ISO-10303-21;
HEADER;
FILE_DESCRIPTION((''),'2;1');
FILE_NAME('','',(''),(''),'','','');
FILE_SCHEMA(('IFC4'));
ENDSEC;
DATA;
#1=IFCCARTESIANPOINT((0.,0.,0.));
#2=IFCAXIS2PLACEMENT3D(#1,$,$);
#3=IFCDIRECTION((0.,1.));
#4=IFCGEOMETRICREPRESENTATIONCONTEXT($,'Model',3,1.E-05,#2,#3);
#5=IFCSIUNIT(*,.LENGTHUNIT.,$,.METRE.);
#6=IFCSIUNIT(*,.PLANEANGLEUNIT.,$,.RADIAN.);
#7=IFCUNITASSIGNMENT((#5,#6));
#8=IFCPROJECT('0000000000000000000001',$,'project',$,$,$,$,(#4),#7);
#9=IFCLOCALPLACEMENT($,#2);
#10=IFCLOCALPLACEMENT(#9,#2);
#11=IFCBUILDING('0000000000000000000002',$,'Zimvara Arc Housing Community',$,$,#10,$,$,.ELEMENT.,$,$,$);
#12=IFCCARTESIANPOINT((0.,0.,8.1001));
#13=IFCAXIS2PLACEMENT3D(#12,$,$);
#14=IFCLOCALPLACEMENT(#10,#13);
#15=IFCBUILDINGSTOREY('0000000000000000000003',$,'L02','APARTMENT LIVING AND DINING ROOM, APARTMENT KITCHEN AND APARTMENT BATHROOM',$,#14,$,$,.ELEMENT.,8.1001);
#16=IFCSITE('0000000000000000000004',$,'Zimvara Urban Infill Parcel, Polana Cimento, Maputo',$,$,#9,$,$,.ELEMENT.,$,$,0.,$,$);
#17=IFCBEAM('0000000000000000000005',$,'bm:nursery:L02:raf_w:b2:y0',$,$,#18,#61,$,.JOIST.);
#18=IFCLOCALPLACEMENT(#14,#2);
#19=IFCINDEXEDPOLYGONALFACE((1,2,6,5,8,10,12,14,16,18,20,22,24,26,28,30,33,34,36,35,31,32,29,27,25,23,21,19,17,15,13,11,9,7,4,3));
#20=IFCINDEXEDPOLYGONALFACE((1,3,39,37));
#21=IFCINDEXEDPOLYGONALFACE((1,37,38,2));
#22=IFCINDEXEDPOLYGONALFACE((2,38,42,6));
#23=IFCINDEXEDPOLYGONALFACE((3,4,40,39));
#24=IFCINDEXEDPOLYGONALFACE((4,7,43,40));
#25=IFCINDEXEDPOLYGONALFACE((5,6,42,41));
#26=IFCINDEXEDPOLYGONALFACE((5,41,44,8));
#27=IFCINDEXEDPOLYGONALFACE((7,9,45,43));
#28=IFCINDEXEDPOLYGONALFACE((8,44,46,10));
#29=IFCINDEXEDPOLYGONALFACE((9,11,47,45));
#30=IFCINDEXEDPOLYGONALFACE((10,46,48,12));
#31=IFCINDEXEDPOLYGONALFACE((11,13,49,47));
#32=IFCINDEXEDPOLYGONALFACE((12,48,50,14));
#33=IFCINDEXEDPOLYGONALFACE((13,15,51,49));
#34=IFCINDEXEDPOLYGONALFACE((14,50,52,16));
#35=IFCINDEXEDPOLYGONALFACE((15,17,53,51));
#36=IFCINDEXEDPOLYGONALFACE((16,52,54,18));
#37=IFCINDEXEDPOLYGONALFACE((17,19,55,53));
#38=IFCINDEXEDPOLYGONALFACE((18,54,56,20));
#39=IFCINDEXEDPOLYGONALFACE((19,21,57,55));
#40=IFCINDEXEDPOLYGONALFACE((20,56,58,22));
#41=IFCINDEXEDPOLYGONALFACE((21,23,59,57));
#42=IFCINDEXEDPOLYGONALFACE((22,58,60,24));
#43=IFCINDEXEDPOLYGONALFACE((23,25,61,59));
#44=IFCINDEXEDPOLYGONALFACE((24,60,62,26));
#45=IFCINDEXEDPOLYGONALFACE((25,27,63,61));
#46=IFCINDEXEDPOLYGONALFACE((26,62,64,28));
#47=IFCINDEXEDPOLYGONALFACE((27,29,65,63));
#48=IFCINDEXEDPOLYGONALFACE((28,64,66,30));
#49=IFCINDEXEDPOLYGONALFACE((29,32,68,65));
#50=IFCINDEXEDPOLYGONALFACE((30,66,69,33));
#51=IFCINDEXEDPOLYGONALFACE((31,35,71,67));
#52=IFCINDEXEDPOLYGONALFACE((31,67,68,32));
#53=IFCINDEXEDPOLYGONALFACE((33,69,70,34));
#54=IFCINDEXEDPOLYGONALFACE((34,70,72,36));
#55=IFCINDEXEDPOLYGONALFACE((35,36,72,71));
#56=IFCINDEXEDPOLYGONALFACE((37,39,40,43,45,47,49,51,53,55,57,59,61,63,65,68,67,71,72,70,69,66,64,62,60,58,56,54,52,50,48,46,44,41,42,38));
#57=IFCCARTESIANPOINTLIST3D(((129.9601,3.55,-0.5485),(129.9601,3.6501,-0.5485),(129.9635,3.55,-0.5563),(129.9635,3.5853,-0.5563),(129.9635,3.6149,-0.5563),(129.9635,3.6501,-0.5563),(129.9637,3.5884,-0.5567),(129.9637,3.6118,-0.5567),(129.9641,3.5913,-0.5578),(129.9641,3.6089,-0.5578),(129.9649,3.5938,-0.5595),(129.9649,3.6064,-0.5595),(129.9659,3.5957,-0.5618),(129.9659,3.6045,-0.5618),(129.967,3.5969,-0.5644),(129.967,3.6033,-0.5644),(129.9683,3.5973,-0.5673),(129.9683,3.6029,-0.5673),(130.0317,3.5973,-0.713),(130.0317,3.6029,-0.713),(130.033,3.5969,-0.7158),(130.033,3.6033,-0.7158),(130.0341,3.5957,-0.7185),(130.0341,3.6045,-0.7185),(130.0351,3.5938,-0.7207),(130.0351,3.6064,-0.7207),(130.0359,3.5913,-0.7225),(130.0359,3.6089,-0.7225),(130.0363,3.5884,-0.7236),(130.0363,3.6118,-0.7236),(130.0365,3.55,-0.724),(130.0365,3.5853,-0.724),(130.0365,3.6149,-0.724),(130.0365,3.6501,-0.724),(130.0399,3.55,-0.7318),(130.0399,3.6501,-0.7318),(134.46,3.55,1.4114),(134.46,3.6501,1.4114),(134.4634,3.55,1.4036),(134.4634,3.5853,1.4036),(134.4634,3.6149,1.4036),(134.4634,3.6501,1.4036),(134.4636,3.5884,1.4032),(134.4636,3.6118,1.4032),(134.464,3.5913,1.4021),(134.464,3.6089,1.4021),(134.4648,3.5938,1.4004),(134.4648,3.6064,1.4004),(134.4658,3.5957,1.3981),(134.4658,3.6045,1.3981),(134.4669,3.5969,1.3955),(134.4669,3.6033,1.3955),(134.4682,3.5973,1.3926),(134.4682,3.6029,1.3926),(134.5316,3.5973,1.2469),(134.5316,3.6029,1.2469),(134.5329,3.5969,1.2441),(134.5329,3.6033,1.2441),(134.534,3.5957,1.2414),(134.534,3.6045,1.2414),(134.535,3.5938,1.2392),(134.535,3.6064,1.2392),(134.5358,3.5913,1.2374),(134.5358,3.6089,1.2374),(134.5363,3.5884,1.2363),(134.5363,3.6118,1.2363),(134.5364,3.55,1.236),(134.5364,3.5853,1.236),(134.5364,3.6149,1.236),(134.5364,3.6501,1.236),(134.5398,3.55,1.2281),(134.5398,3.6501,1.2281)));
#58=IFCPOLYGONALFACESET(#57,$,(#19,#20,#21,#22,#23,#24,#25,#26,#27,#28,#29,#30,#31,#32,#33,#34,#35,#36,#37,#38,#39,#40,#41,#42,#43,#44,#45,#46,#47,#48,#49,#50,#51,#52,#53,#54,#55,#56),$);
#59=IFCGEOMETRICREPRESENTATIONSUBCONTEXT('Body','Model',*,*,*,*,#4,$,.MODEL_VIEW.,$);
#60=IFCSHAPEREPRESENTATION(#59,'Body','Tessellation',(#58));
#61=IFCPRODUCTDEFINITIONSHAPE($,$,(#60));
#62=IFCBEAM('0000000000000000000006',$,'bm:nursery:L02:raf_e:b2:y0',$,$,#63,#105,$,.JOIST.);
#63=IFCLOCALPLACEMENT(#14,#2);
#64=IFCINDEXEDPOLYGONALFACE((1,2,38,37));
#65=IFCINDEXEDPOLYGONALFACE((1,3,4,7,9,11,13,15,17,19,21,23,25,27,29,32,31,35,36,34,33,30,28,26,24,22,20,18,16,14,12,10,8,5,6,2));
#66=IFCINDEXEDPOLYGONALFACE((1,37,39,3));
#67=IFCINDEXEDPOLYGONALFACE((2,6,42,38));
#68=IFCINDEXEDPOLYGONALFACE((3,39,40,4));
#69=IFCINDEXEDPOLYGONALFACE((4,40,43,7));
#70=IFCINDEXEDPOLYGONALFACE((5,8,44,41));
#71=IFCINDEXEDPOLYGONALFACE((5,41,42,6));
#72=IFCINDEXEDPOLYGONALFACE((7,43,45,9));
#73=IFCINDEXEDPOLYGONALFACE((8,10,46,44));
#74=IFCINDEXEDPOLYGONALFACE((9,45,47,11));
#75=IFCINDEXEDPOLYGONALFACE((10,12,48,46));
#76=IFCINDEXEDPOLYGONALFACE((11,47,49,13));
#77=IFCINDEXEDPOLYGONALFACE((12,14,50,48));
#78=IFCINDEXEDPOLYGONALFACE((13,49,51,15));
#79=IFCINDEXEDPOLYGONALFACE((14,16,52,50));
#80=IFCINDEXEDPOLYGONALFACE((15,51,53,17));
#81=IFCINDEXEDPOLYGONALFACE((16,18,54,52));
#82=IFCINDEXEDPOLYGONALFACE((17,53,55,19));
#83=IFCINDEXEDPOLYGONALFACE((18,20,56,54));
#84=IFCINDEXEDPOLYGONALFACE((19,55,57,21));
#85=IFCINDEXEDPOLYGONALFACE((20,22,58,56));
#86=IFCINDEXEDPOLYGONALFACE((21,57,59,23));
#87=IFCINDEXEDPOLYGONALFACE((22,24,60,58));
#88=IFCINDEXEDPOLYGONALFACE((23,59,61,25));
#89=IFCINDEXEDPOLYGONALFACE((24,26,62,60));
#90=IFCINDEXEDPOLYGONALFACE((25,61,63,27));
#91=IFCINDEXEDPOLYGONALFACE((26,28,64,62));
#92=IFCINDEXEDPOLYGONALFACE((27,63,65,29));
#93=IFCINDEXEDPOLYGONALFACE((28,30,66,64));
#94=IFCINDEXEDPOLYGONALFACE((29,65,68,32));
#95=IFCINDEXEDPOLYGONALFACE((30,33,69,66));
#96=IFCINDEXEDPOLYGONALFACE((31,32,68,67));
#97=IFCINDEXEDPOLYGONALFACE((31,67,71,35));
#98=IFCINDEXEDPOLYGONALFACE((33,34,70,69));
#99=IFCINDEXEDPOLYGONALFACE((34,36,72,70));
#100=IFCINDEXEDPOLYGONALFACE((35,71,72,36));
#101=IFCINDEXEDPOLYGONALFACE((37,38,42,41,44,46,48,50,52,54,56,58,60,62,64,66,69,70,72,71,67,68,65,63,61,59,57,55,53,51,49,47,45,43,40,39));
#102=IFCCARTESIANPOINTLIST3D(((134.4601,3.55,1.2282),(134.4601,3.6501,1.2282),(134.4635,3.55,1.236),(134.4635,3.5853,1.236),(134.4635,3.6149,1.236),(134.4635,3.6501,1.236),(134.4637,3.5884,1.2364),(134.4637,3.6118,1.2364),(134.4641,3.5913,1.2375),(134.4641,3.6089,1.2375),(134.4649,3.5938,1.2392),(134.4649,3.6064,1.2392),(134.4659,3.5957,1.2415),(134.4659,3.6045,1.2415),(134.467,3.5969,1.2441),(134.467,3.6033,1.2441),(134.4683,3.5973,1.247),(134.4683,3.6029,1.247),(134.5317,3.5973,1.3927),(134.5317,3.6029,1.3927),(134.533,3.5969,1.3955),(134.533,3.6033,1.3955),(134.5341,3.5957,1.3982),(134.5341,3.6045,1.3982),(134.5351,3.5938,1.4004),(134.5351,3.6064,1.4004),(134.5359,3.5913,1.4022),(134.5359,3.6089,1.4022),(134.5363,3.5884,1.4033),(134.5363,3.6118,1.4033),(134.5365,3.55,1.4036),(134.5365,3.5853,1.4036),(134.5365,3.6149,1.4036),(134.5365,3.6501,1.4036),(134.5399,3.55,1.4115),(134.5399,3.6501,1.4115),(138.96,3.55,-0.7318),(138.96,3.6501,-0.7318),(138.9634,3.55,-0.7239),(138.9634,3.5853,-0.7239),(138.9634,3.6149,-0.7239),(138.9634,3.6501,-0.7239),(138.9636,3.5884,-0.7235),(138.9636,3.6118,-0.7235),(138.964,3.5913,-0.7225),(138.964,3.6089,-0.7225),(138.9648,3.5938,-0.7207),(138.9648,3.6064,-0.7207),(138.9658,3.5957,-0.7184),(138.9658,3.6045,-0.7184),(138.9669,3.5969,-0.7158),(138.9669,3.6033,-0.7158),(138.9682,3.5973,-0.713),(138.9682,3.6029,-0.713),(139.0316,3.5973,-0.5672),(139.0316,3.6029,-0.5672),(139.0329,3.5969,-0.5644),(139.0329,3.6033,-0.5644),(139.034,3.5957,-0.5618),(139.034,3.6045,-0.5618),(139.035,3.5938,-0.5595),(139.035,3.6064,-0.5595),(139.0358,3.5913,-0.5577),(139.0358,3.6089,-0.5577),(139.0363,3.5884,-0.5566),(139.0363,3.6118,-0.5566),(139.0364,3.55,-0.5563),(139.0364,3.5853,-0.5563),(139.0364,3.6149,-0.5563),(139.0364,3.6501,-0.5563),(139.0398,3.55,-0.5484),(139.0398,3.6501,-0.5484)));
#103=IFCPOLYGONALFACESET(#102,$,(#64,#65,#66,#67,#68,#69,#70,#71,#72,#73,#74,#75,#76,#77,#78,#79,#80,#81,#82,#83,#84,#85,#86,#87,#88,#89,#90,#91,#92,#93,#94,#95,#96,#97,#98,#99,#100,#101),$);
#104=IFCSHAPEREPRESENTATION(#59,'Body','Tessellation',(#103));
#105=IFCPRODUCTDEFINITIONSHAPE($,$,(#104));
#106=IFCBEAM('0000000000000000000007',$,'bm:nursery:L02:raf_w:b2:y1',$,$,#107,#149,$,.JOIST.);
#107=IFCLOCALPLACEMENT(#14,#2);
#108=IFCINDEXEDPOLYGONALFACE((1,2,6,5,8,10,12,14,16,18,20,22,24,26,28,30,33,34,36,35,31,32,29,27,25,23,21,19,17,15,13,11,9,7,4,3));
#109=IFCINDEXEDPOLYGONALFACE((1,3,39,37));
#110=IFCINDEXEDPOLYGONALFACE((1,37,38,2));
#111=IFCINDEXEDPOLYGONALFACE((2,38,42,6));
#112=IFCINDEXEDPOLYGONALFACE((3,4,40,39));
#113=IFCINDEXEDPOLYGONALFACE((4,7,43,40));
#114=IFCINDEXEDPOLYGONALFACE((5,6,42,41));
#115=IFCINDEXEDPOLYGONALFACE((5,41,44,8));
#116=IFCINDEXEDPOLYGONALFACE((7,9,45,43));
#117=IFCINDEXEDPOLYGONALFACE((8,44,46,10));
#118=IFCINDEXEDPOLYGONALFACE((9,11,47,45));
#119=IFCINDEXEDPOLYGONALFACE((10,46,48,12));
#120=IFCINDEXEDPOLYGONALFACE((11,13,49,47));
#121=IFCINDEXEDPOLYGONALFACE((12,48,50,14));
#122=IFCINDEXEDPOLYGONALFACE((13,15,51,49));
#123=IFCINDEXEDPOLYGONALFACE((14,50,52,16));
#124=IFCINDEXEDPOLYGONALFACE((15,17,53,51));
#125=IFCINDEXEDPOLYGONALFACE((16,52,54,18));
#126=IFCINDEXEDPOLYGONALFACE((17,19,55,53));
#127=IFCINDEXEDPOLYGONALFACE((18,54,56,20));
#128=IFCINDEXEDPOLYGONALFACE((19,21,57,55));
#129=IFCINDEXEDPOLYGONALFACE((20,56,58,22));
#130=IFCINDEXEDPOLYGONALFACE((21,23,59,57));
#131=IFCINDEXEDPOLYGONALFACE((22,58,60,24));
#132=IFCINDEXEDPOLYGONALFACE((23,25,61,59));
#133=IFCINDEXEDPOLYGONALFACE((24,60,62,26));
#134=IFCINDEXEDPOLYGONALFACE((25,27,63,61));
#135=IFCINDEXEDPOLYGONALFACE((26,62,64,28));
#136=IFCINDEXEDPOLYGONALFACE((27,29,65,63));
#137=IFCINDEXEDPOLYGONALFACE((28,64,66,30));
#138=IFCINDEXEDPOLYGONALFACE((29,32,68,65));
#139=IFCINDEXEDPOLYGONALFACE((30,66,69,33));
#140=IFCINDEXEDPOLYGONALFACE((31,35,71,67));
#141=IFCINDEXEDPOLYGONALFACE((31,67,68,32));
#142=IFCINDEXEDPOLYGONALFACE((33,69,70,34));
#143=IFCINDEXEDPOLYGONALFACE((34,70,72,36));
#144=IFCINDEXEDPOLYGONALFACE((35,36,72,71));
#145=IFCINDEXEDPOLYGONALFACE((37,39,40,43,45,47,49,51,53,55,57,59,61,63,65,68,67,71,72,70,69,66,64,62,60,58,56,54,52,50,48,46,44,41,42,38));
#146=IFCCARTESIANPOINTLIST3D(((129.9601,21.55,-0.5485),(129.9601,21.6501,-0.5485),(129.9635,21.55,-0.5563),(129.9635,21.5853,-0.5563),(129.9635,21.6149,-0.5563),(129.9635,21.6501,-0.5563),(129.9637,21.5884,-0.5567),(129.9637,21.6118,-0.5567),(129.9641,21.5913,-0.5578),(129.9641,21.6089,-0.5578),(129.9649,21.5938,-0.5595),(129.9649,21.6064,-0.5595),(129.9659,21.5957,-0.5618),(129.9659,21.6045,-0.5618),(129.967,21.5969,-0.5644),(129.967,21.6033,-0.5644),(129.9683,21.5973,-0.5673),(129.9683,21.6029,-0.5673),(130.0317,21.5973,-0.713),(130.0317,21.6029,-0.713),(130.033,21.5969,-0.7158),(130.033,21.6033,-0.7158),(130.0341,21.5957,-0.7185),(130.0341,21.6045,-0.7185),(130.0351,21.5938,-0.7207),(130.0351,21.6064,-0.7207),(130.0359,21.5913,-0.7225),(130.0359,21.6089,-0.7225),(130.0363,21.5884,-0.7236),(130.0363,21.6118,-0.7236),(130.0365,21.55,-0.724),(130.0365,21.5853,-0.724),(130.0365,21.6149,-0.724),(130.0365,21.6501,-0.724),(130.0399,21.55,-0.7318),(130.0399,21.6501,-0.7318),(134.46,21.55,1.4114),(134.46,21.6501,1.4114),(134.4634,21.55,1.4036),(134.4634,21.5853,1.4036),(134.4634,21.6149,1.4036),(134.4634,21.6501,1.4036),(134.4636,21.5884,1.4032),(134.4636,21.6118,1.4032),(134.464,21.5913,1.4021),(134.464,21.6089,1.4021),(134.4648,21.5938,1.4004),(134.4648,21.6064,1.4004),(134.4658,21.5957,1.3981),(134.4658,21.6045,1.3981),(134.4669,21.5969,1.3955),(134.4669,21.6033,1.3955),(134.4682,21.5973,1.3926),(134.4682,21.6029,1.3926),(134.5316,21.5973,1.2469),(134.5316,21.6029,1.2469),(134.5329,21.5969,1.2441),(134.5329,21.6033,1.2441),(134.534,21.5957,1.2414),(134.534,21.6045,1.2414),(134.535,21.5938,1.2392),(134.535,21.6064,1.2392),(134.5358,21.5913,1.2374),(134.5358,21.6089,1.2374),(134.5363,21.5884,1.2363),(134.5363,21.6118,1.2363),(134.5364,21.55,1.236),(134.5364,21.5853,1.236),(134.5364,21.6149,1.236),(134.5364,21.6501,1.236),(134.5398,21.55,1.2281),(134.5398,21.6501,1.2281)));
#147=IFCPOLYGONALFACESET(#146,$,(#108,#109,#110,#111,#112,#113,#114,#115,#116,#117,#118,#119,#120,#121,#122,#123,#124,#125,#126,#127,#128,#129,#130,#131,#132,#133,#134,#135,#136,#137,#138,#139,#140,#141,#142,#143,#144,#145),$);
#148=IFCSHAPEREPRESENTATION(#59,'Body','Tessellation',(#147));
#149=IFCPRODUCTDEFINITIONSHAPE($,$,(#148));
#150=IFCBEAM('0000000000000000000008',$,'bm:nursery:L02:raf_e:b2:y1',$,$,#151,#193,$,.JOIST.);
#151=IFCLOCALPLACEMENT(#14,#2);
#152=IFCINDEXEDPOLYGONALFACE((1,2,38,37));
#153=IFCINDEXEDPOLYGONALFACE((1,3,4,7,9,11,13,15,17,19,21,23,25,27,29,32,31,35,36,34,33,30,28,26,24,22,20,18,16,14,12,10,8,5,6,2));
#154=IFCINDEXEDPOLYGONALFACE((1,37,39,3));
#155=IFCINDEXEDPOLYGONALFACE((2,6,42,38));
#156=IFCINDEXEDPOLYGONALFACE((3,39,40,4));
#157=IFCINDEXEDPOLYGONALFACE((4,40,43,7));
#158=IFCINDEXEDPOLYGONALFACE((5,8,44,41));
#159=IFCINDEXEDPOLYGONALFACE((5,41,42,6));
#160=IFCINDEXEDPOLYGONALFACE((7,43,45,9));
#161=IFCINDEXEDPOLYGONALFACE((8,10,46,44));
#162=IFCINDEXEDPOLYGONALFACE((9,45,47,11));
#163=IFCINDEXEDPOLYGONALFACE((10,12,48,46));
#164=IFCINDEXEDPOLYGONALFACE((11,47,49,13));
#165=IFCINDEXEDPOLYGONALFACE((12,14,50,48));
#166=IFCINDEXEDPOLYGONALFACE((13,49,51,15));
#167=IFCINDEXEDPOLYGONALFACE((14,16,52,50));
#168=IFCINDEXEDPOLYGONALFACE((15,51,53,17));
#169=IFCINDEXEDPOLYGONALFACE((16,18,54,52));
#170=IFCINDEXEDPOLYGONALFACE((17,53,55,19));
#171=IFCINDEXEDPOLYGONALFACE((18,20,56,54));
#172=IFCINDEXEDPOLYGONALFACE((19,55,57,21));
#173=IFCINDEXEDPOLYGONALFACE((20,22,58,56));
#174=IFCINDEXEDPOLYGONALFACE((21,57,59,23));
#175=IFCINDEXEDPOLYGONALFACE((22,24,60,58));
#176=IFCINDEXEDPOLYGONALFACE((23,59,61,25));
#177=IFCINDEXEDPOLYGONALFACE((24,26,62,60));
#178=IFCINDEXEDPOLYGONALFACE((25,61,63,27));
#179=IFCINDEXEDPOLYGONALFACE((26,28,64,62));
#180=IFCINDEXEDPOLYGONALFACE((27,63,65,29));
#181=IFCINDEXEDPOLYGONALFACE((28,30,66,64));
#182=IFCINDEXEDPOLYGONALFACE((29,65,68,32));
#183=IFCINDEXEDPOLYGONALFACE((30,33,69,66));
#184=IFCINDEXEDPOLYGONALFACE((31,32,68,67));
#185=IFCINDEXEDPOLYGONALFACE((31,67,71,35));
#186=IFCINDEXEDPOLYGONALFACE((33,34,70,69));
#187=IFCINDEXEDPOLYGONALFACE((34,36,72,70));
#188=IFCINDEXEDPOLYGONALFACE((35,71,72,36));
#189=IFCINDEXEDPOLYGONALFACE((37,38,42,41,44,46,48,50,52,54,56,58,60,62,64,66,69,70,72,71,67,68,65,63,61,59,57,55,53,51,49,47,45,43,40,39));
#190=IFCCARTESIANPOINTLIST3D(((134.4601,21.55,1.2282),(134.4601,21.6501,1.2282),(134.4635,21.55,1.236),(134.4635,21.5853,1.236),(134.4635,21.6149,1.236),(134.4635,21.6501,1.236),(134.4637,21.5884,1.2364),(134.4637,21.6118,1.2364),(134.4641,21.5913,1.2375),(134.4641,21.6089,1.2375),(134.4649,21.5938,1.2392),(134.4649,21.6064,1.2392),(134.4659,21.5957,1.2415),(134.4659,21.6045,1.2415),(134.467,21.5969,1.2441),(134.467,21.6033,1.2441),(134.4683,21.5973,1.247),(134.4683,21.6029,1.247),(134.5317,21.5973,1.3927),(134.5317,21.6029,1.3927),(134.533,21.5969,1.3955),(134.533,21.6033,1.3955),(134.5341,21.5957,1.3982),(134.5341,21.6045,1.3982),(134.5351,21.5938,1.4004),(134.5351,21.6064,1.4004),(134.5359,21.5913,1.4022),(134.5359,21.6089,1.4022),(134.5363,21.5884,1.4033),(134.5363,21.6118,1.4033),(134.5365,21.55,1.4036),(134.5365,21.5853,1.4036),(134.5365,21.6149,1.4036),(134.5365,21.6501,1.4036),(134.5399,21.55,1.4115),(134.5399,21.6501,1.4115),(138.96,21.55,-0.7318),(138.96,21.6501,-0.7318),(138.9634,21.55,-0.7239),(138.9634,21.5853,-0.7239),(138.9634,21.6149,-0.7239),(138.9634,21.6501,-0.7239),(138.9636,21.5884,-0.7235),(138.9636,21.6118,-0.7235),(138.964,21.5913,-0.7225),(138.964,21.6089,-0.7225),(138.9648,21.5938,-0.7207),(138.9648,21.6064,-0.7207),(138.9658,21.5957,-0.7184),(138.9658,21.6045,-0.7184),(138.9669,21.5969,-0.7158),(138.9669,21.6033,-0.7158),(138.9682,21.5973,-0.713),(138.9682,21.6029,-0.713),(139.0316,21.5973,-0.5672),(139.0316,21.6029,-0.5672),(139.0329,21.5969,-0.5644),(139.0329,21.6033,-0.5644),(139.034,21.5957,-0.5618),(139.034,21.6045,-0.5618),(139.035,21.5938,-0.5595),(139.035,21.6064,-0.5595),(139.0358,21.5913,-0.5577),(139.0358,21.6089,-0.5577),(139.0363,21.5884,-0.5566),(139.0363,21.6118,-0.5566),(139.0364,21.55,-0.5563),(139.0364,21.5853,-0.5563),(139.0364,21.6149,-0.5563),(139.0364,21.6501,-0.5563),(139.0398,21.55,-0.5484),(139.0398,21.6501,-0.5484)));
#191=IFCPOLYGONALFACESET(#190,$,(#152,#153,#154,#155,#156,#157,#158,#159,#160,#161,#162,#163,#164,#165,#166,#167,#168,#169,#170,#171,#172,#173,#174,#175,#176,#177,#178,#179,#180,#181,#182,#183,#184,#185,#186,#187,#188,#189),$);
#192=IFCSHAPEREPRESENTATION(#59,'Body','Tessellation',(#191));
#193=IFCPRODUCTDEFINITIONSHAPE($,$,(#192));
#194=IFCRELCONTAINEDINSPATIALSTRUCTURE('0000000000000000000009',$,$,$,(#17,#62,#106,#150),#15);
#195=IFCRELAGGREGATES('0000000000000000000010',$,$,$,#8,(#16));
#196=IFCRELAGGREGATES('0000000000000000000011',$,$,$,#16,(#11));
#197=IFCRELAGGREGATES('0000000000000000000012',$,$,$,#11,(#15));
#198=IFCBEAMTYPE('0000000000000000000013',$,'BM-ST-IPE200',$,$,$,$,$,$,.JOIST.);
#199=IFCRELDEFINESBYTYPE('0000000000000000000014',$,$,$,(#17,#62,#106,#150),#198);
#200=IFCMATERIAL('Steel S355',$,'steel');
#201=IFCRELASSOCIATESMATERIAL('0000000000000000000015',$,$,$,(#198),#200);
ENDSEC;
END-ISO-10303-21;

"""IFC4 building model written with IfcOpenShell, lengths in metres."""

from ifc_helpers import new_model, si_unit, direction, frame, origin, origin_2d, place, context, subcontext, project, spatial, i_section, extrude, material, material_profile, profile_set, type_object, element, save


model = new_model("IFC4")

# Units and contexts
model_context = context("Model", 3, precision=1e-05, world=origin(), true_north=direction((0.0, 1.0)))
body_context = subcontext(model_context, "Body", "Model", "MODEL_VIEW")
ifc_project = project(units=[si_unit("LENGTHUNIT", "METRE"), si_unit("PLANEANGLEUNIT", "RADIAN")], contexts=[model_context])

# Site, building, storey
site_placement = place(None, origin())
site = spatial("IfcSite", under=ifc_project, at=site_placement, Name="Zimvara Urban Infill Parcel, Polana Cimento, Maputo", CompositionType="ELEMENT", RefElevation=0.0)
building_placement = place(site_placement, origin())
building = spatial("IfcBuilding", under=site, at=building_placement, Name="Zimvara Arc Housing Community", CompositionType="ELEMENT")
storey_placement = place(building_placement, frame((0.0, 0.0, 8.1001)))
storey = spatial("IfcBuildingStorey", under=building, at=storey_placement, Name="L02", Description="APARTMENT LIVING AND DINING ROOM, APARTMENT KITCHEN AND APARTMENT BATHROOM", CompositionType="ELEMENT", Elevation=8.1001)

# Beams
ifc_material_1 = material(Name="Steel S355", Category="steel")
ifc_material_profile_1 = material_profile(ifc_material_1, i_section(OverallWidth=0.1001, OverallDepth=0.2, WebThickness=0.0056, FlangeThickness=0.0085, FilletRadius=0.012, at=origin_2d()), Name="IPE 200")
ifc_profile_set_1 = profile_set([ifc_material_profile_1], Name="Steel S355")
beam_type_1 = type_object("IfcBeamType", Name="BM-ST-IPE200", PredefinedType="JOIST", material=ifc_profile_set_1)
for number, where, z_axis, x_axis, name in (
    (1, (130.0, 3.6001, -0.6401), (0.916814, 0.0, 0.399315), (0.0, 1.0, 0.0), "bm:nursery:L02:raf_w:b2:y0"),
    (2, (134.5, 3.6001, 1.3198), (0.916814, 0.0, -0.399315), (0.0, 1.0, 0.0), "bm:nursery:L02:raf_e:b2:y0"),
    (3, (130.0, 21.6001, -0.6401), (0.916814, 0.0, 0.399315), (0.0, 1.0, 0.0), "bm:nursery:L02:raf_w:b2:y1"),
    (4, (134.5, 21.6001, 1.3198), (0.916814, 0.0, -0.399315), (0.0, 1.0, 0.0), "bm:nursery:L02:raf_e:b2:y1"),
):
    element("IfcBeam", number, at=place(storey_placement, frame(where, z_axis=z_axis, x_axis=x_axis)), inside=storey, type_object=beam_type_1, Name=name, PredefinedType="JOIST", context=body_context, shape_type="SweptSolid", body=[
        extrude(i_section(OverallWidth=0.1001, OverallDepth=0.2, WebThickness=0.0056, FlangeThickness=0.0085, FilletRadius=0.012, at=origin_2d()), origin(), (0.0, 0.0, 1.0), 4.9082),
    ])

save(model, "model.ifc")
